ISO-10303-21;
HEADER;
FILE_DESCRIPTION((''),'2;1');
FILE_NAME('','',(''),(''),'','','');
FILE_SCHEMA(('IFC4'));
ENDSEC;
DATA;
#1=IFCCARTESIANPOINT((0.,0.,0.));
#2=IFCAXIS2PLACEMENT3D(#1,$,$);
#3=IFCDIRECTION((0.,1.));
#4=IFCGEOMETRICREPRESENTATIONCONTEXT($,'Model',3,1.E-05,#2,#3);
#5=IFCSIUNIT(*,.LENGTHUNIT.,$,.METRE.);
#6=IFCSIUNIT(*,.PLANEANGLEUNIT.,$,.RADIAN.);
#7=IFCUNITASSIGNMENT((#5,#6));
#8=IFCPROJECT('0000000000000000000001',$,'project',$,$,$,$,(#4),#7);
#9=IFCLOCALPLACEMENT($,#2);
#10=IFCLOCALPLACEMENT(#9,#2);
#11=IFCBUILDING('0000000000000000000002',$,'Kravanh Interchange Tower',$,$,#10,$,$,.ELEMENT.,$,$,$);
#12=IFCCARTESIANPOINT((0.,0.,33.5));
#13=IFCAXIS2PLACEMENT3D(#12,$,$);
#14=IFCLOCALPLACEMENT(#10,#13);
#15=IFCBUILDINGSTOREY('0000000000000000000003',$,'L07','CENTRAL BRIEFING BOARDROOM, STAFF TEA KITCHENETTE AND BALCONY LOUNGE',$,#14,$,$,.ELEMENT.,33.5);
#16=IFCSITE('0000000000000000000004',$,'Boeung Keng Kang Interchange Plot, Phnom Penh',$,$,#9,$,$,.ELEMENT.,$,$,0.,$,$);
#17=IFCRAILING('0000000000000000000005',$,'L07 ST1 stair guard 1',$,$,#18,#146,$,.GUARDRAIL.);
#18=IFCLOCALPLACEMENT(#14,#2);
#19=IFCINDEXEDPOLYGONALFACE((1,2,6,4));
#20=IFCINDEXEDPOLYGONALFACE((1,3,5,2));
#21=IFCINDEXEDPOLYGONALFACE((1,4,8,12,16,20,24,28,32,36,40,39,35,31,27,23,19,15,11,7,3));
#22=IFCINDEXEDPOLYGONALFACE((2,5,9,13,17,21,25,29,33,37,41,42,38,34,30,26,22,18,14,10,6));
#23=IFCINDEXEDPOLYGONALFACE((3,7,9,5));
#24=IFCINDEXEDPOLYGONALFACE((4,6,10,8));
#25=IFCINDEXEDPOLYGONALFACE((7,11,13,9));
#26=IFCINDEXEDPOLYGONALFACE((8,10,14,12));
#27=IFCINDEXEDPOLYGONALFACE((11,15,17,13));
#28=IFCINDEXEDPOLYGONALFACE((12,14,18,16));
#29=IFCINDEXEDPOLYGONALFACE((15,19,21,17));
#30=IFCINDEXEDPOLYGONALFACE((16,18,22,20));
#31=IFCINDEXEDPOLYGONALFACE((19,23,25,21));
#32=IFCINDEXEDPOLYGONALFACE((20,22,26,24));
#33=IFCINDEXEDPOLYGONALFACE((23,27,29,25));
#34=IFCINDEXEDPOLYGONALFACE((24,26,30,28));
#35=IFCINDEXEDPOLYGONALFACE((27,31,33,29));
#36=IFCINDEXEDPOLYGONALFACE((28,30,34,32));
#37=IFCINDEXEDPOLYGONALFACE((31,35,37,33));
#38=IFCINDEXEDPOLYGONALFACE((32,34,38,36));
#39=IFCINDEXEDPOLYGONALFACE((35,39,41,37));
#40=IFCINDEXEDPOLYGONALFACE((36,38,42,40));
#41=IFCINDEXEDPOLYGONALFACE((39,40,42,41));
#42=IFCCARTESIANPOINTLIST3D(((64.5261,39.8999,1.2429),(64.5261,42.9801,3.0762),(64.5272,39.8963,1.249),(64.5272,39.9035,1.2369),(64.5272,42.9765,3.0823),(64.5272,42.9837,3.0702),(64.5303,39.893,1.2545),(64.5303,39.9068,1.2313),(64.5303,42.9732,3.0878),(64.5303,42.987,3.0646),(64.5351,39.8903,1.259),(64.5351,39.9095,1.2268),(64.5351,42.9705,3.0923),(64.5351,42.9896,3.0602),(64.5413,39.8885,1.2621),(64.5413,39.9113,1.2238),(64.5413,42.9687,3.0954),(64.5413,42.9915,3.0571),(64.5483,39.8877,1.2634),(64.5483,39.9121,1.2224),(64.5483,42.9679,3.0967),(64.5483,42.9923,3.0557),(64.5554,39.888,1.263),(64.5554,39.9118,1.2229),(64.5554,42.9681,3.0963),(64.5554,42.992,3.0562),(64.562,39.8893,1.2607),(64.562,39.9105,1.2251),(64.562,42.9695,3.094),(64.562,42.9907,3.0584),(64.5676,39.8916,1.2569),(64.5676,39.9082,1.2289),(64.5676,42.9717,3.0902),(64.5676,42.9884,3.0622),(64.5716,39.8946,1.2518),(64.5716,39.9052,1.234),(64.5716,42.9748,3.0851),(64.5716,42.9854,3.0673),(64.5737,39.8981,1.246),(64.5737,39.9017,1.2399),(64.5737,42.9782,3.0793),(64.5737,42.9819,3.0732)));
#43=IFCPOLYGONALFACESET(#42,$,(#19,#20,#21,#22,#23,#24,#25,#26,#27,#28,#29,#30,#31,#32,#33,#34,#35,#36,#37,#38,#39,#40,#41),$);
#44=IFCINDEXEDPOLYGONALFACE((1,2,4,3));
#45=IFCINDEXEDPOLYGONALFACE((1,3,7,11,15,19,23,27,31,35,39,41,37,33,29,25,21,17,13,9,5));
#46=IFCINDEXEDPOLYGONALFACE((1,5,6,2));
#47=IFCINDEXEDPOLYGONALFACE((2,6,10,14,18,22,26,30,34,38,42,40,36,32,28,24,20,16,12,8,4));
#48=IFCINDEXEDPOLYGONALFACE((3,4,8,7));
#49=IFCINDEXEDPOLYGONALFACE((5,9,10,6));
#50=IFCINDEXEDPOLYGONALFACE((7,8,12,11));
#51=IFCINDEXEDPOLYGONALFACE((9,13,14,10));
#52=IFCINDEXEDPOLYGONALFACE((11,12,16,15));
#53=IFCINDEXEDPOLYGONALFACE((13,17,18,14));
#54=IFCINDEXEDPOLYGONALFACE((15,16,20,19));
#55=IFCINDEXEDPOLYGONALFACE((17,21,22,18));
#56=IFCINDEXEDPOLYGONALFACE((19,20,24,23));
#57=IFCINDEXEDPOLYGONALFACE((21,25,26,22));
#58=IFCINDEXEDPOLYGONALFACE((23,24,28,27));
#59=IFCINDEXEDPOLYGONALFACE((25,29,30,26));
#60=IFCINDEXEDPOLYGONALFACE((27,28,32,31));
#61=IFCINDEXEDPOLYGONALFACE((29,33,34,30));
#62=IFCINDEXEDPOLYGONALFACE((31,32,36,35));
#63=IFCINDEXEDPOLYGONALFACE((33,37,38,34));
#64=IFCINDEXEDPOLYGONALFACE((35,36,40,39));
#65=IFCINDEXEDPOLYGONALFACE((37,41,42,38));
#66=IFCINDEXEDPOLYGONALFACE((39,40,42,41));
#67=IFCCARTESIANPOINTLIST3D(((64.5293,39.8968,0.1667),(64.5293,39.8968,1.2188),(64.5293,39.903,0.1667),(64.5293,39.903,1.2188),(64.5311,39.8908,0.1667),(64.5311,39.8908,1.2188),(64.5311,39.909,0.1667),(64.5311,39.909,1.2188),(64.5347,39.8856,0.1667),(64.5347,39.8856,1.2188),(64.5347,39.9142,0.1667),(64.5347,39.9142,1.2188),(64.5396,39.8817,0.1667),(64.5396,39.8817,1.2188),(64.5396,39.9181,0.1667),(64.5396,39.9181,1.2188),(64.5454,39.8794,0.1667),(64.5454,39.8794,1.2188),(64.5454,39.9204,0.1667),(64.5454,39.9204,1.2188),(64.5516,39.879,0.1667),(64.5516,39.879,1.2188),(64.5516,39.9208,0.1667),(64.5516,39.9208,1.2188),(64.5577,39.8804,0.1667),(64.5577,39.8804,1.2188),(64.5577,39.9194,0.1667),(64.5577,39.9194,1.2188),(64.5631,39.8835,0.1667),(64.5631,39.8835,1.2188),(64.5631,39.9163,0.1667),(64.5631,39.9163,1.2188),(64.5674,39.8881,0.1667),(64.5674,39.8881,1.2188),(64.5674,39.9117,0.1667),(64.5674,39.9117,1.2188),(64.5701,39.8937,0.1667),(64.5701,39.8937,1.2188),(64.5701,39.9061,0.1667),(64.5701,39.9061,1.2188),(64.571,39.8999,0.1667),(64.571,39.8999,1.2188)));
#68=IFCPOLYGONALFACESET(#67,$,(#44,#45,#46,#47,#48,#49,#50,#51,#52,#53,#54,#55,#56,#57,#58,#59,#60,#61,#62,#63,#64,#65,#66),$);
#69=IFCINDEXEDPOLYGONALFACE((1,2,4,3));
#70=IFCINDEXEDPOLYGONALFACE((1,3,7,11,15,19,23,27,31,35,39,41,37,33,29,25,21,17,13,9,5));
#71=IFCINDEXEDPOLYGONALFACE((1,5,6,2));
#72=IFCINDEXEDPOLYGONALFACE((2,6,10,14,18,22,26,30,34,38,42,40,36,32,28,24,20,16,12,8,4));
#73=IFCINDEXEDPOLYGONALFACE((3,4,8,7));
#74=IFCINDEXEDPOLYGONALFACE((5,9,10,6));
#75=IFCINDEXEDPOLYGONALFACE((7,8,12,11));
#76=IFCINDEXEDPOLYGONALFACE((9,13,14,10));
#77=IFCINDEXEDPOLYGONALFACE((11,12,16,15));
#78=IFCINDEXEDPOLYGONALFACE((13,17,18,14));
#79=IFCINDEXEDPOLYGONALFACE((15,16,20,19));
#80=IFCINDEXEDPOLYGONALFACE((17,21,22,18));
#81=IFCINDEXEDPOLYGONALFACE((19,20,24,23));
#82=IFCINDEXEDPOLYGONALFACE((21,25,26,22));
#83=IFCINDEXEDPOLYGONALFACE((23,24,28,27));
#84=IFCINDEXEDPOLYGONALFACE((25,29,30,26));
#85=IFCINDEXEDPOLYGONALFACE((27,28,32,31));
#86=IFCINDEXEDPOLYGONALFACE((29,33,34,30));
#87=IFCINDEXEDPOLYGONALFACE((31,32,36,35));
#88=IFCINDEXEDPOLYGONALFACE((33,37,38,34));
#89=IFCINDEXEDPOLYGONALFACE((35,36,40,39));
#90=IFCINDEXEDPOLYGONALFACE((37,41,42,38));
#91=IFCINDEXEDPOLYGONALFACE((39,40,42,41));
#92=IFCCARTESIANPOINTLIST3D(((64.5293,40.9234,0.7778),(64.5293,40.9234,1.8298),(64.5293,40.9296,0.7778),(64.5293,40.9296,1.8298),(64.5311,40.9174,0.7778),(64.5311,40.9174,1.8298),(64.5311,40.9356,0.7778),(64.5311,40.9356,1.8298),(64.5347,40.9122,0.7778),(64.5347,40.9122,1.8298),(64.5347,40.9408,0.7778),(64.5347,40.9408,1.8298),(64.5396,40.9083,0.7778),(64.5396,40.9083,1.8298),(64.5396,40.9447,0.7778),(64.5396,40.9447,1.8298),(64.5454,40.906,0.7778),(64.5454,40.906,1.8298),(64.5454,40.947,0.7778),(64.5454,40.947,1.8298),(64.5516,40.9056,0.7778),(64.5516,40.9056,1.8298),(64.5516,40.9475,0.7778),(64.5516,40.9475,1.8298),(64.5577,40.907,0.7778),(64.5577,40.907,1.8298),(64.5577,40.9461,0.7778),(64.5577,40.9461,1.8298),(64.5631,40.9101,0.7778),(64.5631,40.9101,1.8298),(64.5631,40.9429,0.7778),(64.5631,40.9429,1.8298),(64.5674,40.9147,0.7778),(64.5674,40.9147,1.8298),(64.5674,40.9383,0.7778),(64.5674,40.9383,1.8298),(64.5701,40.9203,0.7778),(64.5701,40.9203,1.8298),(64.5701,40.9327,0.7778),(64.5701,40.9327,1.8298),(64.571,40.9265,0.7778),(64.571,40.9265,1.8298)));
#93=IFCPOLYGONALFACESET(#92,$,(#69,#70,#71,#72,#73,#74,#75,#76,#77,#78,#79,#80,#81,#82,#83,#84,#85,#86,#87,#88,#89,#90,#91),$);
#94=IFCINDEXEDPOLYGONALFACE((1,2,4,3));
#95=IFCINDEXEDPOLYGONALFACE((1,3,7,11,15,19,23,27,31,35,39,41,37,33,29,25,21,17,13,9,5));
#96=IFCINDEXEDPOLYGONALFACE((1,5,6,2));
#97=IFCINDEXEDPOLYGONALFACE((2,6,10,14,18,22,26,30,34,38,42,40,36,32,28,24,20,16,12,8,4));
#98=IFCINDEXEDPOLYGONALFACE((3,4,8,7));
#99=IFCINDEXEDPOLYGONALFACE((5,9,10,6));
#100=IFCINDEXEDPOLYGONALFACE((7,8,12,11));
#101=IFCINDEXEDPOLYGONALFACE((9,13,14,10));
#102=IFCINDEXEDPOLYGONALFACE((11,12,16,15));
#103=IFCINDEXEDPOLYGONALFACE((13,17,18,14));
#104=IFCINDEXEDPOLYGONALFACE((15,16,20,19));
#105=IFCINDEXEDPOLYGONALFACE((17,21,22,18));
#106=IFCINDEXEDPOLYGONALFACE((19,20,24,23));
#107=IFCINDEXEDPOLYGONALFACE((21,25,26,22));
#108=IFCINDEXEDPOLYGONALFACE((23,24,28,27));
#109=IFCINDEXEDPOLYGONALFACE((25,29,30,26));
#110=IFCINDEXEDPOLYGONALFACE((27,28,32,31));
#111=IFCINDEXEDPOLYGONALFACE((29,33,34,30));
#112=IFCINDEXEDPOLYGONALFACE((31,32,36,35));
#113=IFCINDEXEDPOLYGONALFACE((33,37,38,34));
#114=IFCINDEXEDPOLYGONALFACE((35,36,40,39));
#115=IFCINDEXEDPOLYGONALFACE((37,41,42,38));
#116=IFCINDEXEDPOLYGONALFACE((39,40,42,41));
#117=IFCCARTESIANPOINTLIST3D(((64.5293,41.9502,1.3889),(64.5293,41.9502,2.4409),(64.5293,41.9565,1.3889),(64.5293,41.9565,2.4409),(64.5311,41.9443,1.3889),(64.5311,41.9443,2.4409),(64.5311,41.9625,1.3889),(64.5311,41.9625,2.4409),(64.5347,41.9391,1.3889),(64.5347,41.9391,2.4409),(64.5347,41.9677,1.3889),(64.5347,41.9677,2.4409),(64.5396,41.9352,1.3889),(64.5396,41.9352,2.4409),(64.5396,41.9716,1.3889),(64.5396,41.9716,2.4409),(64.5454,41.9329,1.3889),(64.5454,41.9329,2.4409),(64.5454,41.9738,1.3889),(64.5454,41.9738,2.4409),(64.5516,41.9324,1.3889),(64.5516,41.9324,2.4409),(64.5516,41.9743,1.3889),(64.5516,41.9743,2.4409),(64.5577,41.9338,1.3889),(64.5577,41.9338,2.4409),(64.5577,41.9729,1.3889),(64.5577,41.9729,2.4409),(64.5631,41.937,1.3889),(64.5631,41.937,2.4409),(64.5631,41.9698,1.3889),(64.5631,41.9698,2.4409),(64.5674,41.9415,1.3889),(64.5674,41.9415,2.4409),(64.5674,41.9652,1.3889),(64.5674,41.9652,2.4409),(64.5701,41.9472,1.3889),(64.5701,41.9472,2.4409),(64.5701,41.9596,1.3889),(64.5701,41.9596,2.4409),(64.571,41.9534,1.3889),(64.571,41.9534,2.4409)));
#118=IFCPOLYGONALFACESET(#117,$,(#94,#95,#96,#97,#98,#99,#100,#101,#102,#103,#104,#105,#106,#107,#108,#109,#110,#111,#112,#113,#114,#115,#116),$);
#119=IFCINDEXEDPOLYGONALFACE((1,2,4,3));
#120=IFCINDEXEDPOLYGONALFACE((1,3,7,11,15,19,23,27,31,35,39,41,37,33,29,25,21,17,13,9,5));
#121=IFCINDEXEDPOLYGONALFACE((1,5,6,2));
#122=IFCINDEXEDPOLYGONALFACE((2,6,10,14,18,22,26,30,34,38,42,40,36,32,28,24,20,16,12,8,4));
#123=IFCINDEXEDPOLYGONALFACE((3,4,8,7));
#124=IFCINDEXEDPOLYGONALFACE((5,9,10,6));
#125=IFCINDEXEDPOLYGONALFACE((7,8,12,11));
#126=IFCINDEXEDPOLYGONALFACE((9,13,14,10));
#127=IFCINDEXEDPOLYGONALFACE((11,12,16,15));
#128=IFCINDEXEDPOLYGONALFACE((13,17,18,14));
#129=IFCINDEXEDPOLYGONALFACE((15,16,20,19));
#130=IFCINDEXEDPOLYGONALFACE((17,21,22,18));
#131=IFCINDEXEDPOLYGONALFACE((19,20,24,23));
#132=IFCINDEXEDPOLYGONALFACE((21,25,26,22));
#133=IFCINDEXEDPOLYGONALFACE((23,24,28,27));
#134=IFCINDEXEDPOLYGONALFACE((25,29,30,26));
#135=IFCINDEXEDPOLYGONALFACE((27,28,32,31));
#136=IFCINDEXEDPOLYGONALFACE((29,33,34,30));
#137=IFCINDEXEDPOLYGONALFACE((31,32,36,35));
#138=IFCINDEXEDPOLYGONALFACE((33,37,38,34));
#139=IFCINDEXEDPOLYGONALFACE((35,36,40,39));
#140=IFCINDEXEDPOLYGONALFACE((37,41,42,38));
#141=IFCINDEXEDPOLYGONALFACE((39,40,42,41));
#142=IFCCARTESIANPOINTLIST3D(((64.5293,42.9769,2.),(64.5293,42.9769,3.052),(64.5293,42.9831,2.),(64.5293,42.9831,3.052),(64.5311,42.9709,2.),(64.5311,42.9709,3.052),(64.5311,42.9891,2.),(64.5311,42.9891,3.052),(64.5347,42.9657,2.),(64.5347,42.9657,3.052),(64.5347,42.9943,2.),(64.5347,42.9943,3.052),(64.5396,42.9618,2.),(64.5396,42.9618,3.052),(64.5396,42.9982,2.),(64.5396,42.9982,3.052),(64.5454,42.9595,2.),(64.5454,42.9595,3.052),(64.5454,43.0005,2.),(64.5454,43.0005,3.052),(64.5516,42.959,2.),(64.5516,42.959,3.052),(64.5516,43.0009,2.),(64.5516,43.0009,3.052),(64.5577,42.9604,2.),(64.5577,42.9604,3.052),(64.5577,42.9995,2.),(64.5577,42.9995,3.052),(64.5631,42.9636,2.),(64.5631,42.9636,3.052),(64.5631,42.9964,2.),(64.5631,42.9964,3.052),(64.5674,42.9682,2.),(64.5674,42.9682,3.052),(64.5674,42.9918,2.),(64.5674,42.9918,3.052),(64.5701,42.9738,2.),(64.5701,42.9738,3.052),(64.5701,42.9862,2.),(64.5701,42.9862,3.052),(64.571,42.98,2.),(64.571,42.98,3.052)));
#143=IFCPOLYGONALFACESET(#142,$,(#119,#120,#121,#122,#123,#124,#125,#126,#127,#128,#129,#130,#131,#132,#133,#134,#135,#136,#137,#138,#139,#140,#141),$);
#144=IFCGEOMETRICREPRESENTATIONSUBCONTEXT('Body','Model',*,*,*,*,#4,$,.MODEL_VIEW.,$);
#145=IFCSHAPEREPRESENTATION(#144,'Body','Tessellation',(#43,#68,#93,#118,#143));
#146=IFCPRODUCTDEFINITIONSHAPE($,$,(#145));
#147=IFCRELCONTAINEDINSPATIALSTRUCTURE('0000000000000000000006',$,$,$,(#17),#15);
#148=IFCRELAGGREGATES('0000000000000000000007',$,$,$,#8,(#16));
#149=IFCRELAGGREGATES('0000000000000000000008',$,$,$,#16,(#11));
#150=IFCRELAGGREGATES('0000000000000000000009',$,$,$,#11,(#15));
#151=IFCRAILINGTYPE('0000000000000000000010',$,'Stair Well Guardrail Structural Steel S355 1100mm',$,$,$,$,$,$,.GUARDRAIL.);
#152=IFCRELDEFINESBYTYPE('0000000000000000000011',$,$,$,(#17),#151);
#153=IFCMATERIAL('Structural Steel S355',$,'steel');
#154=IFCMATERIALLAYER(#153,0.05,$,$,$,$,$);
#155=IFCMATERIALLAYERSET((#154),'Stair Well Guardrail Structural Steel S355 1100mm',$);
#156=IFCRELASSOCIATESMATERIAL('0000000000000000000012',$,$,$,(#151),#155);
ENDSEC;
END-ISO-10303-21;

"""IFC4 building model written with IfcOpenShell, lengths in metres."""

from ifc_helpers import new_model, si_unit, direction, frame, origin, origin_2d, place, context, subcontext, project, spatial, circle, extrude, material, layer, layer_set, type_object, element, save


model = new_model("IFC4")

# Units and contexts
model_context = context("Model", 3, precision=1e-05, world=origin(), true_north=direction((0.0, 1.0)))
body_context = subcontext(model_context, "Body", "Model", "MODEL_VIEW")
ifc_project = project(units=[si_unit("LENGTHUNIT", "METRE"), si_unit("PLANEANGLEUNIT", "RADIAN")], contexts=[model_context])

# Site, building, storey
site_placement = place(None, origin())
site = spatial("IfcSite", under=ifc_project, at=site_placement, Name="Boeung Keng Kang Interchange Plot, Phnom Penh", CompositionType="ELEMENT", RefElevation=0.0)
building_placement = place(site_placement, origin())
building = spatial("IfcBuilding", under=site, at=building_placement, Name="Kravanh Interchange Tower", CompositionType="ELEMENT")
storey_placement = place(building_placement, frame((0.0, 0.0, 33.5)))
storey = spatial("IfcBuildingStorey", under=building, at=storey_placement, Name="L07", Description="CENTRAL BRIEFING BOARDROOM, STAFF TEA KITCHENETTE AND BALCONY LOUNGE", CompositionType="ELEMENT", Elevation=33.5)

# Railing
ifc_material_1 = material(Name="Structural Steel S355", Category="steel")
ifc_layer_1 = layer(ifc_material_1, 0.05)
ifc_layer_set_1 = layer_set([ifc_layer_1], Name="Stair Well Guardrail Structural Steel S355 1100mm")
railing_type_1 = type_object("IfcRailingType", Name="Stair Well Guardrail Structural Steel S355 1100mm", PredefinedType="GUARDRAIL", material=ifc_layer_set_1)
railing_1_placement = place(storey_placement, frame((64.55, 39.8999, 0.1667)))
element("IfcRailing", 1, at=railing_1_placement, inside=storey, type_object=railing_type_1, Name="L07 ST1 stair guard 1", PredefinedType="GUARDRAIL", context=body_context, shape_type="SweptSolid", body=[
    extrude(circle(Radius=0.0239, at=origin_2d()), frame((0.0, 0.0, 1.0762), z_axis=(0.0, 0.859309, 0.511458), x_axis=(-1.0, 0.0, 0.0)), (0.0, 0.0, 1.0), 3.5845),
    extrude(circle(Radius=0.021, at=origin_2d()), origin(), (0.0, 0.0, 1.0), 1.052),
    extrude(circle(Radius=0.021, at=origin_2d()), frame((0.0, 1.0266, 0.6111)), (0.0, 0.0, 1.0), 1.052),
    extrude(circle(Radius=0.021, at=origin_2d()), frame((0.0, 2.0535, 1.2222)), (0.0, 0.0, 1.0), 1.052),
    extrude(circle(Radius=0.021, at=origin_2d()), frame((0.0, 3.0801, 1.8333)), (0.0, 0.0, 1.0), 1.052),
])

save(model, "model.ifc")
